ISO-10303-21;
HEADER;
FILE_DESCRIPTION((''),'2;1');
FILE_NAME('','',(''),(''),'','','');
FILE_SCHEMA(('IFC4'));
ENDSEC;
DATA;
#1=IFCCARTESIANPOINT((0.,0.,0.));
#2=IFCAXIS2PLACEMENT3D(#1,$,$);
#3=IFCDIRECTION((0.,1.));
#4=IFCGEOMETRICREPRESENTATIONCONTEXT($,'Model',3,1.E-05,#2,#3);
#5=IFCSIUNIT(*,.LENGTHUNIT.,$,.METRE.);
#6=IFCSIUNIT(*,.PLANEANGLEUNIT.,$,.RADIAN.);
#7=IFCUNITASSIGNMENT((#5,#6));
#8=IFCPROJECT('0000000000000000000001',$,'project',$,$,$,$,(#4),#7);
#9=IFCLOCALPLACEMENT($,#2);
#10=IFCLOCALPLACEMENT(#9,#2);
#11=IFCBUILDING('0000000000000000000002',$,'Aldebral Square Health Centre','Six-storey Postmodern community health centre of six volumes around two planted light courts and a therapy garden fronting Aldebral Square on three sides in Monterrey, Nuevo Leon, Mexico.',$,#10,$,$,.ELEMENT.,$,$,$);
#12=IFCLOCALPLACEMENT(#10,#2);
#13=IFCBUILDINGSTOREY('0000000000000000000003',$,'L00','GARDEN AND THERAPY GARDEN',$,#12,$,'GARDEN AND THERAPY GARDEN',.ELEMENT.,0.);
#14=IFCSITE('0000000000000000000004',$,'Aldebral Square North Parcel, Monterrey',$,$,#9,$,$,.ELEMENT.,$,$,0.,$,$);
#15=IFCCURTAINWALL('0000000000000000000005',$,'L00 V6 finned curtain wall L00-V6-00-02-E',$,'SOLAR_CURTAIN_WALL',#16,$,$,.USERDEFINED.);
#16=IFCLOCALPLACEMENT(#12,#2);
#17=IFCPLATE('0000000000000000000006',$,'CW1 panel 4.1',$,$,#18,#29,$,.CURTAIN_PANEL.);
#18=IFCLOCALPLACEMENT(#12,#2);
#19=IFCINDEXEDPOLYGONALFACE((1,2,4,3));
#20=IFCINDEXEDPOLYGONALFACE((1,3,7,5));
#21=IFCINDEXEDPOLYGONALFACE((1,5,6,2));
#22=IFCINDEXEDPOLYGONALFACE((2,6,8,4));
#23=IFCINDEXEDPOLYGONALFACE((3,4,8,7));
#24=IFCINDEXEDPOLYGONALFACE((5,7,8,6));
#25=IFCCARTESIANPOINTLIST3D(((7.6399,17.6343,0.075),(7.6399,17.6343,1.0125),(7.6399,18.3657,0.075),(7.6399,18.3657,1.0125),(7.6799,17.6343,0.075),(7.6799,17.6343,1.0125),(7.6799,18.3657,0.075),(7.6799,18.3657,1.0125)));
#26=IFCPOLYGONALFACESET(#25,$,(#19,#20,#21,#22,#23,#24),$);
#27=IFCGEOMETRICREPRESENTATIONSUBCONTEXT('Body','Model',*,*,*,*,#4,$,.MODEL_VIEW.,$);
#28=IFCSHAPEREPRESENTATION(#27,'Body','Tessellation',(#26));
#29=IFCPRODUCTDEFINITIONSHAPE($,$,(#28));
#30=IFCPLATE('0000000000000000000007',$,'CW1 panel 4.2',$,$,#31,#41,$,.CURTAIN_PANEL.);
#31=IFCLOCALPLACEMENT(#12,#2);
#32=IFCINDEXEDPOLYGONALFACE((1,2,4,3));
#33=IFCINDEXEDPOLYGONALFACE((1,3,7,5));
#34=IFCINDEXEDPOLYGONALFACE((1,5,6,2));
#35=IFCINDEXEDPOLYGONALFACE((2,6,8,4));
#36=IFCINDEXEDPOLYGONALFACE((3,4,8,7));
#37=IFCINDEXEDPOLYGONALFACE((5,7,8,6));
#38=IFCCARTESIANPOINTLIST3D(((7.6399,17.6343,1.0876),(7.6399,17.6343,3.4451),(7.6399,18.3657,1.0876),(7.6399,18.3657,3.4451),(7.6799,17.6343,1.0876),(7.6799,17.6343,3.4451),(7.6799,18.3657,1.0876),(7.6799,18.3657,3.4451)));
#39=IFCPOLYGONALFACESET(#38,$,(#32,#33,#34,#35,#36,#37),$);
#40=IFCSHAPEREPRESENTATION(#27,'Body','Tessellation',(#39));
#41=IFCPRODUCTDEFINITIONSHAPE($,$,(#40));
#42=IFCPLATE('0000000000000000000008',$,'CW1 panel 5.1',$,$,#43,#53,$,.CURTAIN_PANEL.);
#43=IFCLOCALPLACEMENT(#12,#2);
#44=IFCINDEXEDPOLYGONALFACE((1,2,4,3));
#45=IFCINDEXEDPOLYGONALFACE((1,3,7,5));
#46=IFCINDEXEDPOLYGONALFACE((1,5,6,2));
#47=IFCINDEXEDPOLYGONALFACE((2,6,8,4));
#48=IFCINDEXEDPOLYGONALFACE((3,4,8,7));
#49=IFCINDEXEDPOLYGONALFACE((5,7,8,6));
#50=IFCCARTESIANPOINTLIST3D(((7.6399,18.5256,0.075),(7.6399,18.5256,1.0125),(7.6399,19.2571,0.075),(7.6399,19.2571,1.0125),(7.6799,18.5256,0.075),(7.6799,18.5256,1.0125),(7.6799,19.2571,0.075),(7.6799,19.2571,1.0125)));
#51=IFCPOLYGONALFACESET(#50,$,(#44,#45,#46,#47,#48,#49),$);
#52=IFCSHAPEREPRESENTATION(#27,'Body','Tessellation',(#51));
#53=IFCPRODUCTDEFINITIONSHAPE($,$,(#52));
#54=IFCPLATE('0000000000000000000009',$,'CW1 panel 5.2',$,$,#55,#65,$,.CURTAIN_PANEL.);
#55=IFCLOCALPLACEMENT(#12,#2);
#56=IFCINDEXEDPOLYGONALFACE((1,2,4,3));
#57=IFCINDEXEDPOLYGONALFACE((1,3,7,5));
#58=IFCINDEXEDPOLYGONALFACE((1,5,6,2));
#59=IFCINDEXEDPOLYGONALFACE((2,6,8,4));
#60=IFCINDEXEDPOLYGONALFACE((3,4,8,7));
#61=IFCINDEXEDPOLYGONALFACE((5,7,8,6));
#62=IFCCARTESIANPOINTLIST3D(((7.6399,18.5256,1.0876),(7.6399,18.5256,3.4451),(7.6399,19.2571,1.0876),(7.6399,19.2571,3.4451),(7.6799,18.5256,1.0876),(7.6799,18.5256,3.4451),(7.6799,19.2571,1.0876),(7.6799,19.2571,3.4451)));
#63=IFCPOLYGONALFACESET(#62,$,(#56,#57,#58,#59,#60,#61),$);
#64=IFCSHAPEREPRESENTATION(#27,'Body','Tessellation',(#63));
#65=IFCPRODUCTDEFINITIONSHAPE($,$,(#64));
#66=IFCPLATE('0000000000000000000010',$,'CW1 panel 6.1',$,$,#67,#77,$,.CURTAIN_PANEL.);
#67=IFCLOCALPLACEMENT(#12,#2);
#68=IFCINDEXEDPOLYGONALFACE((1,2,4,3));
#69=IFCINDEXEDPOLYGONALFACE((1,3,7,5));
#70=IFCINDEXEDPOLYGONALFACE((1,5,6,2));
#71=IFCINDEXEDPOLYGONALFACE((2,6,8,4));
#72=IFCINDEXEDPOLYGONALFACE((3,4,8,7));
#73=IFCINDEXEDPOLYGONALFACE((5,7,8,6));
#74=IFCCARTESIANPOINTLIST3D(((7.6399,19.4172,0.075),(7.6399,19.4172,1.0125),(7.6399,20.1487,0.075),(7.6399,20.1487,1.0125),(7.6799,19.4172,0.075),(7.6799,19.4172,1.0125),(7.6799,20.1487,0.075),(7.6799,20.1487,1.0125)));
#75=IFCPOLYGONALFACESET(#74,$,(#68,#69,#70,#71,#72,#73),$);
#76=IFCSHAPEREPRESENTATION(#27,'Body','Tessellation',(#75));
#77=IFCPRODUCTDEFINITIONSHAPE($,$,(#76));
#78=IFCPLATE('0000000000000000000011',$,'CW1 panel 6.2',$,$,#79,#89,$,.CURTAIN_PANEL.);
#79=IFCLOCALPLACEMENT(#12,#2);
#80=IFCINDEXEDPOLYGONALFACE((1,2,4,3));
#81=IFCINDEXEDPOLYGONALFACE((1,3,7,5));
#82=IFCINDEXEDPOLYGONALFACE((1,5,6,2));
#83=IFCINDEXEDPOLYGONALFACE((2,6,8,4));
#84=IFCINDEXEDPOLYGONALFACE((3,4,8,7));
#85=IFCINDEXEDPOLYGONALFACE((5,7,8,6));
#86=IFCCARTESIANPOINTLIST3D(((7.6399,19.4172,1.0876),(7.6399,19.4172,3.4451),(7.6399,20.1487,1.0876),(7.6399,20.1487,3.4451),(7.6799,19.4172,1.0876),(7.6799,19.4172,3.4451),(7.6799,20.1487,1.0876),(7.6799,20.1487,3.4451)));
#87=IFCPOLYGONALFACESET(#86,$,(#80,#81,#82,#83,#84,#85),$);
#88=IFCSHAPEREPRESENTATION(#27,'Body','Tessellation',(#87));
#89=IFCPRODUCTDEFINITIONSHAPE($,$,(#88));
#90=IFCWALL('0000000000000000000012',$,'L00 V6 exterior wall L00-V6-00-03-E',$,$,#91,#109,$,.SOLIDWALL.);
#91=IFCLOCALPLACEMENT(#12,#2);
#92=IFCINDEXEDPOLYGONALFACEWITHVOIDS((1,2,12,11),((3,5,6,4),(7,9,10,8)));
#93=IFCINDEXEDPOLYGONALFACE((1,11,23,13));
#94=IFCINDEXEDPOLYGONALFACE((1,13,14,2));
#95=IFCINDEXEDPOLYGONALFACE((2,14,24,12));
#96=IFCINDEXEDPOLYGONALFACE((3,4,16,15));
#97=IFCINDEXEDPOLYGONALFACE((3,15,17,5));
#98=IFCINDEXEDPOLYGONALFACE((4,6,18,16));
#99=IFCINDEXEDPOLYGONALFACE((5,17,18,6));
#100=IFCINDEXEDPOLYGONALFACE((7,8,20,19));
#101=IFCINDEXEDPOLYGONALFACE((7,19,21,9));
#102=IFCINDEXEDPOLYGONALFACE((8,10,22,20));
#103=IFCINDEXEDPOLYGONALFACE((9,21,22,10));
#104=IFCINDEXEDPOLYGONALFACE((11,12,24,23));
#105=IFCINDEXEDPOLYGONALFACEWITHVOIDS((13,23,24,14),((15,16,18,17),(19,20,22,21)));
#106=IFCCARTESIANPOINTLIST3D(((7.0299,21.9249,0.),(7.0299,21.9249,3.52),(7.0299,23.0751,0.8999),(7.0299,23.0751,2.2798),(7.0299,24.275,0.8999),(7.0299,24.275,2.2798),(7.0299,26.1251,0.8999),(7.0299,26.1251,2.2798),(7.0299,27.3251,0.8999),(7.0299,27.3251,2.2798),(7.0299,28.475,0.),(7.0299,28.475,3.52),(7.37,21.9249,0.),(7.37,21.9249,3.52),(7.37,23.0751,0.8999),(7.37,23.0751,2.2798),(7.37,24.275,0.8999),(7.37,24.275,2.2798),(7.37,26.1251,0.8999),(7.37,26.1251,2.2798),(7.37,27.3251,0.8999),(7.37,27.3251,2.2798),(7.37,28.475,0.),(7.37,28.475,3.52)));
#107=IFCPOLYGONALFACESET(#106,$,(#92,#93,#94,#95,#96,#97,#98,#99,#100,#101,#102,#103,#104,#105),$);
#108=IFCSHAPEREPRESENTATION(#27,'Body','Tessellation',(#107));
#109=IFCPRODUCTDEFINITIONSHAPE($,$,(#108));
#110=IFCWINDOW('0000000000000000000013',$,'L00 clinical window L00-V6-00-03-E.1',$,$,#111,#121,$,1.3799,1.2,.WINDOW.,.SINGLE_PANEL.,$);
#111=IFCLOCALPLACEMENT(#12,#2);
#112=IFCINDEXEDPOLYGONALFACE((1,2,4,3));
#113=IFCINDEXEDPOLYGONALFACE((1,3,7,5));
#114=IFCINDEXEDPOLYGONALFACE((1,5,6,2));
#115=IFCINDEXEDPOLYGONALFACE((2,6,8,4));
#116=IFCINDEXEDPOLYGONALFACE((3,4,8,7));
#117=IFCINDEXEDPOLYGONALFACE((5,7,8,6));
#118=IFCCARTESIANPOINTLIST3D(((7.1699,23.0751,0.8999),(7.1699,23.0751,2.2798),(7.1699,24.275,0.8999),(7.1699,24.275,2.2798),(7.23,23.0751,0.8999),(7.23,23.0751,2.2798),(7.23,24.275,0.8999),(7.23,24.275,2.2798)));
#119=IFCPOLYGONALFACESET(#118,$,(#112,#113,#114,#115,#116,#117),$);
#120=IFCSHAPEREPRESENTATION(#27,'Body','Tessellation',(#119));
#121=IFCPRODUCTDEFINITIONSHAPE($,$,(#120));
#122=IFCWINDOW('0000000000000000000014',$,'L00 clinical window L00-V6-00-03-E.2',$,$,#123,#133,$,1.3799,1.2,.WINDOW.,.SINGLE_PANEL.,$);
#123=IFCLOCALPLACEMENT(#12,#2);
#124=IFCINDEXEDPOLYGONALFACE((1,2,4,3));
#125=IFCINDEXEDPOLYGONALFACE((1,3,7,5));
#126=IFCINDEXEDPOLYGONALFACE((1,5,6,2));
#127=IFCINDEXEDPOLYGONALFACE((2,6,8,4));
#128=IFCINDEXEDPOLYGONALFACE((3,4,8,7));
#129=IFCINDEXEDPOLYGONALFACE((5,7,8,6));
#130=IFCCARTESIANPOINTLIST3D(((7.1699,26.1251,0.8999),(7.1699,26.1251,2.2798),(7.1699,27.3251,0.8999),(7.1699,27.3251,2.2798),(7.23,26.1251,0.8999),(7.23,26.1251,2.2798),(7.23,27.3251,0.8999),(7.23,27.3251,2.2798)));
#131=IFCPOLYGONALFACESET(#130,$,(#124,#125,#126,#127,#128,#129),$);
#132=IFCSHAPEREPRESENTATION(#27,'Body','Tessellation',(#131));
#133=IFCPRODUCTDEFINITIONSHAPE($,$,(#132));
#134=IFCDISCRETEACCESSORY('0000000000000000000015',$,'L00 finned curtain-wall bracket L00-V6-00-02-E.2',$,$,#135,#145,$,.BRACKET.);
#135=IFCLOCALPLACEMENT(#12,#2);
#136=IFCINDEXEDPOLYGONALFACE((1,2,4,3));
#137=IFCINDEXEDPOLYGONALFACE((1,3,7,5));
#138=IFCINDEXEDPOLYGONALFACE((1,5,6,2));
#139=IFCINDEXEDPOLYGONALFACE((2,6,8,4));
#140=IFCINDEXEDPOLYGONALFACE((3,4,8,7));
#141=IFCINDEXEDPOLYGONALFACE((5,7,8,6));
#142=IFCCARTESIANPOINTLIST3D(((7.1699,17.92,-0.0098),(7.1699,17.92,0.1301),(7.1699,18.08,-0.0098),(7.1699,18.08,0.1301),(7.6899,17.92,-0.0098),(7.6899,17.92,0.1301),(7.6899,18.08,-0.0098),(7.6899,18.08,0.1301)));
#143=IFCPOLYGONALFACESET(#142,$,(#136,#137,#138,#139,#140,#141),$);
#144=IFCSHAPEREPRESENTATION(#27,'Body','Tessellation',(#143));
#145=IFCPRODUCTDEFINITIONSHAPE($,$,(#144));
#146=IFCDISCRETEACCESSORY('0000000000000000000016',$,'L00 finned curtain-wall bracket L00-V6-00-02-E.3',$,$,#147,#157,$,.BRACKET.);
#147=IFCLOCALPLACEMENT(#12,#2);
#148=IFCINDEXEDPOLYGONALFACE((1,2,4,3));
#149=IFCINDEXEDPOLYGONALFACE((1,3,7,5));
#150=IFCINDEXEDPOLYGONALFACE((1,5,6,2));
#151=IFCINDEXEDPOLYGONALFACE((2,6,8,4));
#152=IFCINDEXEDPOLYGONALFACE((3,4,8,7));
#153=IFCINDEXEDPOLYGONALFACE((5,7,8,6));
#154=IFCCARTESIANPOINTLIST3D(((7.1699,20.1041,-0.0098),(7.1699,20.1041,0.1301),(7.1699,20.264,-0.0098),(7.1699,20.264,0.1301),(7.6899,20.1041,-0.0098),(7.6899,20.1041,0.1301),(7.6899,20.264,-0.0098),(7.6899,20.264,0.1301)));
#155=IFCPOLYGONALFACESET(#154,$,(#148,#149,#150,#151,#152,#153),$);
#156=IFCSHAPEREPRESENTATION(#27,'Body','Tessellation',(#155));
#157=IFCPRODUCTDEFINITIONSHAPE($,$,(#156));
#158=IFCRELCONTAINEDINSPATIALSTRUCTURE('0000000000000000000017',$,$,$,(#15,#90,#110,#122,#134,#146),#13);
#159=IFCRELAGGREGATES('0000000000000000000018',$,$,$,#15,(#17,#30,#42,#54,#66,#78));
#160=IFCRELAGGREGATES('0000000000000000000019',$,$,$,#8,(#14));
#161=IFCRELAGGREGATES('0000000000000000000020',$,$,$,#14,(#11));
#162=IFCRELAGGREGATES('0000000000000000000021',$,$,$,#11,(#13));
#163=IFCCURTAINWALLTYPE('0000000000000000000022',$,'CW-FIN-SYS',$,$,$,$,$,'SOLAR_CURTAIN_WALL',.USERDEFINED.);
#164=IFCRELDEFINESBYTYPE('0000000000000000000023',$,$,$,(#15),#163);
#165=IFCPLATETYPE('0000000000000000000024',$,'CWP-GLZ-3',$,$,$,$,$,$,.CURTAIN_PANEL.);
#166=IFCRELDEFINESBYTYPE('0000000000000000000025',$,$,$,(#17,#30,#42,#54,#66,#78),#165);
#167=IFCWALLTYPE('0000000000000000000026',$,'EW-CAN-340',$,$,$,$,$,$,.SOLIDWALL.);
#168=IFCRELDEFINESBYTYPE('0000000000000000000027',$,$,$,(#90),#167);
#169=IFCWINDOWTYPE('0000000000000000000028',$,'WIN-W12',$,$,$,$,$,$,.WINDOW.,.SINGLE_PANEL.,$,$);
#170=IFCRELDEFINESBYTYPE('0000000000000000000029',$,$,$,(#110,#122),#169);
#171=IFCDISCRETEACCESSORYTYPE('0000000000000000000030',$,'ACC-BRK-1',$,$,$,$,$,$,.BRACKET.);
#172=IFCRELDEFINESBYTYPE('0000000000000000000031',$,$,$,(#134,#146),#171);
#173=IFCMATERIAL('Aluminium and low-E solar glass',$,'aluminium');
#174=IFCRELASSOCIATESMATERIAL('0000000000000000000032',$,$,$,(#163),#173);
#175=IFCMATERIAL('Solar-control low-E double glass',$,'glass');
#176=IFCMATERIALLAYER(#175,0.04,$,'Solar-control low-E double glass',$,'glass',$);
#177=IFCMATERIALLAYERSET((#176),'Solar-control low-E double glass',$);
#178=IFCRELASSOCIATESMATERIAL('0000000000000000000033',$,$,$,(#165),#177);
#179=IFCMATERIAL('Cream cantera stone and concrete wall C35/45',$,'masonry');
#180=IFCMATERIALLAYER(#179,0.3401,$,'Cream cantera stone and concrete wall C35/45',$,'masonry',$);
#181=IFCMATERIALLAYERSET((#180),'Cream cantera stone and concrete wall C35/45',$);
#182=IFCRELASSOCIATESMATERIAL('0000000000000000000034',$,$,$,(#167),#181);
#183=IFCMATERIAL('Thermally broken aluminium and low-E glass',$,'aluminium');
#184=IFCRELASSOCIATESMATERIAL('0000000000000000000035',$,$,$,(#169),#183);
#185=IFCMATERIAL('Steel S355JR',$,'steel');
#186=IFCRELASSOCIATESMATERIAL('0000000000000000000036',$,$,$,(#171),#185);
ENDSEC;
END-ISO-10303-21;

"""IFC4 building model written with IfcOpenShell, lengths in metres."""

from ifc_helpers import new_model, si_unit, direction, frame, frame_2d, origin, origin_2d, place, context, subcontext, project, spatial, rectangle, extrude, material, layer, layer_set, type_object, element, fill, aggregate, save


model = new_model("IFC4")

# Units and contexts
model_context = context("Model", 3, precision=1e-05, world=origin(), true_north=direction((0.0, 1.0)))
body_context = subcontext(model_context, "Body", "Model", "MODEL_VIEW")
ifc_project = project(units=[si_unit("LENGTHUNIT", "METRE"), si_unit("PLANEANGLEUNIT", "RADIAN")], contexts=[model_context])

# Site, building, storey
site_placement = place(None, origin())
site = spatial("IfcSite", under=ifc_project, at=site_placement, Name="Aldebral Square North Parcel, Monterrey", CompositionType="ELEMENT", RefElevation=0.0)
building_placement = place(site_placement, origin())
building = spatial("IfcBuilding", under=site, at=building_placement, Name="Aldebral Square Health Centre", Description="Six-storey Postmodern community health centre of six volumes around two planted light courts and a therapy garden fronting Aldebral Square on three sides in Monterrey, Nuevo Leon, Mexico.", CompositionType="ELEMENT")
storey_placement = place(building_placement, origin())
storey = spatial("IfcBuildingStorey", under=building, at=storey_placement, Name="L00", Description="GARDEN AND THERAPY GARDEN", LongName="GARDEN AND THERAPY GARDEN", CompositionType="ELEMENT", Elevation=0.0)

# Curtain wall, plates
ifc_material_1 = material(Name="Aluminium and low-E solar glass", Category="aluminium")
curtain_wall_type = type_object("IfcCurtainWallType", Name="CW-FIN-SYS", ElementType="SOLAR_CURTAIN_WALL", PredefinedType="USERDEFINED", material=ifc_material_1)
curtain_wall_placement = place(storey_placement, origin())
curtain_wall = element("IfcCurtainWall", 1, at=curtain_wall_placement, inside=storey, type_object=curtain_wall_type, Name="L00 V6 finned curtain wall L00-V6-00-02-E", ObjectType="SOLAR_CURTAIN_WALL", PredefinedType="USERDEFINED")
ifc_material_2 = material(Name="Solar-control low-E double glass", Category="glass")
ifc_layer_1 = layer(ifc_material_2, 0.04, Name="Solar-control low-E double glass", Category="glass")
ifc_layer_set_1 = layer_set([ifc_layer_1], Name="Solar-control low-E double glass")
plate_type = type_object("IfcPlateType", Name="CWP-GLZ-3", PredefinedType="CURTAIN_PANEL", material=ifc_layer_set_1)
plate_1_placement = place(storey_placement, frame((7.6599, 18.0, 0.075), z_axis=(0.0, 0.0, 1.0), x_axis=(0.0, 1.0, 0.0)))
plate_1 = element("IfcPlate", 2, at=plate_1_placement, type_object=plate_type, Name="CW1 panel 4.1", PredefinedType="CURTAIN_PANEL", context=body_context, shape_type="SweptSolid", body=[
    extrude(rectangle(XDim=0.7314, YDim=0.04, at=origin_2d()), origin(), (0.0, 0.0, 1.0), 0.9375),
])
plate_2_placement = place(storey_placement, frame((7.6599, 18.0, 1.0876), z_axis=(0.0, 0.0, 1.0), x_axis=(0.0, 1.0, 0.0)))
plate_2 = element("IfcPlate", 3, at=plate_2_placement, type_object=plate_type, Name="CW1 panel 4.2", PredefinedType="CURTAIN_PANEL", context=body_context, shape_type="SweptSolid", body=[
    extrude(rectangle(XDim=0.7314, YDim=0.04, at=origin_2d()), origin(), (0.0, 0.0, 1.0), 2.3574),
])
plate_3_placement = place(storey_placement, frame((7.6599, 18.8914, 0.075), z_axis=(0.0, 0.0, 1.0), x_axis=(0.0, 1.0, 0.0)))
plate_3 = element("IfcPlate", 4, at=plate_3_placement, type_object=plate_type, Name="CW1 panel 5.1", PredefinedType="CURTAIN_PANEL", context=body_context, shape_type="SweptSolid", body=[
    extrude(rectangle(XDim=0.7314, YDim=0.04, at=origin_2d()), origin(), (0.0, 0.0, 1.0), 0.9375),
])
plate_4_placement = place(storey_placement, frame((7.6599, 18.8914, 1.0876), z_axis=(0.0, 0.0, 1.0), x_axis=(0.0, 1.0, 0.0)))
plate_4 = element("IfcPlate", 5, at=plate_4_placement, type_object=plate_type, Name="CW1 panel 5.2", PredefinedType="CURTAIN_PANEL", context=body_context, shape_type="SweptSolid", body=[
    extrude(rectangle(XDim=0.7314, YDim=0.04, at=origin_2d()), origin(), (0.0, 0.0, 1.0), 2.3574),
])
plate_5_placement = place(storey_placement, frame((7.6599, 19.783, 0.075), z_axis=(0.0, 0.0, 1.0), x_axis=(0.0, 1.0, 0.0)))
plate_5 = element("IfcPlate", 6, at=plate_5_placement, type_object=plate_type, Name="CW1 panel 6.1", PredefinedType="CURTAIN_PANEL", context=body_context, shape_type="SweptSolid", body=[
    extrude(rectangle(XDim=0.7314, YDim=0.04, at=origin_2d()), origin(), (0.0, 0.0, 1.0), 0.9375),
])
plate_6_placement = place(storey_placement, frame((7.6599, 19.783, 1.0876), z_axis=(0.0, 0.0, 1.0), x_axis=(0.0, 1.0, 0.0)))
plate_6 = element("IfcPlate", 7, at=plate_6_placement, type_object=plate_type, Name="CW1 panel 6.2", PredefinedType="CURTAIN_PANEL", context=body_context, shape_type="SweptSolid", body=[
    extrude(rectangle(XDim=0.7314, YDim=0.04, at=origin_2d()), origin(), (0.0, 0.0, 1.0), 2.3574),
])
aggregate(curtain_wall, [plate_1, plate_2, plate_3, plate_4, plate_5, plate_6])

# Wall, openings, windows
ifc_material_3 = material(Name="Cream cantera stone and concrete wall C35/45", Category="masonry")
ifc_layer_2 = layer(ifc_material_3, 0.3401, Name="Cream cantera stone and concrete wall C35/45", Category="masonry")
ifc_layer_set_2 = layer_set([ifc_layer_2], Name="Cream cantera stone and concrete wall C35/45")
wall_type = type_object("IfcWallType", Name="EW-CAN-340", PredefinedType="SOLIDWALL", material=ifc_layer_set_2)
wall_placement = place(storey_placement, frame((7.2, 21.925, 0.0), z_axis=(0.0, 0.0, 1.0), x_axis=(0.0, 1.0, 0.0)))
wall = element("IfcWall", 8, at=wall_placement, inside=storey, type_object=wall_type, Name="L00 V6 exterior wall L00-V6-00-03-E", PredefinedType="SOLIDWALL", context=body_context, shape_type="SweptSolid", body=[
    extrude(rectangle(XDim=6.55, YDim=0.3401, at=frame_2d((3.2749, 0.0))), origin(), (0.0, 0.0, 1.0), 3.52),
])
opening_1_placement = place(wall_placement, frame((1.1499, 0.0, 0.8999)))
opening_1 = element("IfcOpeningElement", 9, at=opening_1_placement, cuts=wall, PredefinedType="OPENING", context=body_context, shape_type="SweptSolid", body=[
    extrude(rectangle(XDim=1.2, YDim=1.3799, at=frame_2d((0.6001, 0.6899))), frame((0.0, 0.1802, 0.0), z_axis=(0.0, -1.0, 0.0), x_axis=(1.0, 0.0, 0.0)), (0.0, 0.0, 1.0), 0.3601),
])
opening_2_placement = place(wall_placement, frame((4.2, 0.0, 0.8999)))
opening_2 = element("IfcOpeningElement", 10, at=opening_2_placement, cuts=wall, PredefinedType="OPENING", context=body_context, shape_type="SweptSolid", body=[
    extrude(rectangle(XDim=1.2, YDim=1.3799, at=frame_2d((0.6001, 0.6899))), frame((0.0, 0.1802, 0.0), z_axis=(0.0, -1.0, 0.0), x_axis=(1.0, 0.0, 0.0)), (0.0, 0.0, 1.0), 0.3601),
])
ifc_material_4 = material(Name="Thermally broken aluminium and low-E glass", Category="aluminium")
window_type = type_object("IfcWindowType", Name="WIN-W12", PartitioningType="SINGLE_PANEL", PredefinedType="WINDOW", material=ifc_material_4)
window_1_placement = place(opening_1_placement, origin())
window_1 = element("IfcWindow", 11, at=window_1_placement, inside=storey, type_object=window_type, Name="L00 clinical window L00-V6-00-03-E.1", OverallHeight=1.3799, OverallWidth=1.2, PartitioningType="SINGLE_PANEL", PredefinedType="WINDOW", context=body_context, shape_type="SweptSolid", body=[
    extrude(rectangle(XDim=1.2, YDim=1.3799, at=frame_2d((0.6001, 0.6899))), frame((0.0, 0.03, 0.0), z_axis=(0.0, -1.0, 0.0), x_axis=(1.0, 0.0, 0.0)), (0.0, 0.0, 1.0), 0.0601),
])
fill(opening_1, window_1)
window_2_placement = place(opening_2_placement, origin())
window_2 = element("IfcWindow", 12, at=window_2_placement, inside=storey, type_object=window_type, Name="L00 clinical window L00-V6-00-03-E.2", OverallHeight=1.3799, OverallWidth=1.2, PartitioningType="SINGLE_PANEL", PredefinedType="WINDOW", context=body_context, shape_type="SweptSolid", body=[
    extrude(rectangle(XDim=1.2, YDim=1.3799, at=frame_2d((0.6001, 0.6899))), frame((0.0, 0.03, 0.0), z_axis=(0.0, -1.0, 0.0), x_axis=(1.0, 0.0, 0.0)), (0.0, 0.0, 1.0), 0.0601),
])
fill(opening_2, window_2)

# Discrete accessories
ifc_material_5 = material(Name="Steel S355JR", Category="steel")
discrete_accessory_type = type_object("IfcDiscreteAccessoryType", Name="ACC-BRK-1", PredefinedType="BRACKET", material=ifc_material_5)
for number, where, z_axis, x_axis, name in (
    (13, (7.4299, 18.0, -0.0098), (0.0, 0.0, 1.0), (0.0, 1.0, 0.0), "L00 finned curtain-wall bracket L00-V6-00-02-E.2"),
    (14, (7.4299, 20.1841, -0.0098), (0.0, 0.0, 1.0), (0.0, 1.0, 0.0), "L00 finned curtain-wall bracket L00-V6-00-02-E.3"),
):
    element("IfcDiscreteAccessory", number, at=place(storey_placement, frame(where, z_axis=z_axis, x_axis=x_axis)), inside=storey, type_object=discrete_accessory_type, Name=name, PredefinedType="BRACKET", context=body_context, shape_type="SweptSolid", body=[
        extrude(rectangle(XDim=0.1599, YDim=0.52, at=origin_2d()), origin(), (0.0, 0.0, 1.0), 0.1399),
    ])

save(model, "model.ifc")
